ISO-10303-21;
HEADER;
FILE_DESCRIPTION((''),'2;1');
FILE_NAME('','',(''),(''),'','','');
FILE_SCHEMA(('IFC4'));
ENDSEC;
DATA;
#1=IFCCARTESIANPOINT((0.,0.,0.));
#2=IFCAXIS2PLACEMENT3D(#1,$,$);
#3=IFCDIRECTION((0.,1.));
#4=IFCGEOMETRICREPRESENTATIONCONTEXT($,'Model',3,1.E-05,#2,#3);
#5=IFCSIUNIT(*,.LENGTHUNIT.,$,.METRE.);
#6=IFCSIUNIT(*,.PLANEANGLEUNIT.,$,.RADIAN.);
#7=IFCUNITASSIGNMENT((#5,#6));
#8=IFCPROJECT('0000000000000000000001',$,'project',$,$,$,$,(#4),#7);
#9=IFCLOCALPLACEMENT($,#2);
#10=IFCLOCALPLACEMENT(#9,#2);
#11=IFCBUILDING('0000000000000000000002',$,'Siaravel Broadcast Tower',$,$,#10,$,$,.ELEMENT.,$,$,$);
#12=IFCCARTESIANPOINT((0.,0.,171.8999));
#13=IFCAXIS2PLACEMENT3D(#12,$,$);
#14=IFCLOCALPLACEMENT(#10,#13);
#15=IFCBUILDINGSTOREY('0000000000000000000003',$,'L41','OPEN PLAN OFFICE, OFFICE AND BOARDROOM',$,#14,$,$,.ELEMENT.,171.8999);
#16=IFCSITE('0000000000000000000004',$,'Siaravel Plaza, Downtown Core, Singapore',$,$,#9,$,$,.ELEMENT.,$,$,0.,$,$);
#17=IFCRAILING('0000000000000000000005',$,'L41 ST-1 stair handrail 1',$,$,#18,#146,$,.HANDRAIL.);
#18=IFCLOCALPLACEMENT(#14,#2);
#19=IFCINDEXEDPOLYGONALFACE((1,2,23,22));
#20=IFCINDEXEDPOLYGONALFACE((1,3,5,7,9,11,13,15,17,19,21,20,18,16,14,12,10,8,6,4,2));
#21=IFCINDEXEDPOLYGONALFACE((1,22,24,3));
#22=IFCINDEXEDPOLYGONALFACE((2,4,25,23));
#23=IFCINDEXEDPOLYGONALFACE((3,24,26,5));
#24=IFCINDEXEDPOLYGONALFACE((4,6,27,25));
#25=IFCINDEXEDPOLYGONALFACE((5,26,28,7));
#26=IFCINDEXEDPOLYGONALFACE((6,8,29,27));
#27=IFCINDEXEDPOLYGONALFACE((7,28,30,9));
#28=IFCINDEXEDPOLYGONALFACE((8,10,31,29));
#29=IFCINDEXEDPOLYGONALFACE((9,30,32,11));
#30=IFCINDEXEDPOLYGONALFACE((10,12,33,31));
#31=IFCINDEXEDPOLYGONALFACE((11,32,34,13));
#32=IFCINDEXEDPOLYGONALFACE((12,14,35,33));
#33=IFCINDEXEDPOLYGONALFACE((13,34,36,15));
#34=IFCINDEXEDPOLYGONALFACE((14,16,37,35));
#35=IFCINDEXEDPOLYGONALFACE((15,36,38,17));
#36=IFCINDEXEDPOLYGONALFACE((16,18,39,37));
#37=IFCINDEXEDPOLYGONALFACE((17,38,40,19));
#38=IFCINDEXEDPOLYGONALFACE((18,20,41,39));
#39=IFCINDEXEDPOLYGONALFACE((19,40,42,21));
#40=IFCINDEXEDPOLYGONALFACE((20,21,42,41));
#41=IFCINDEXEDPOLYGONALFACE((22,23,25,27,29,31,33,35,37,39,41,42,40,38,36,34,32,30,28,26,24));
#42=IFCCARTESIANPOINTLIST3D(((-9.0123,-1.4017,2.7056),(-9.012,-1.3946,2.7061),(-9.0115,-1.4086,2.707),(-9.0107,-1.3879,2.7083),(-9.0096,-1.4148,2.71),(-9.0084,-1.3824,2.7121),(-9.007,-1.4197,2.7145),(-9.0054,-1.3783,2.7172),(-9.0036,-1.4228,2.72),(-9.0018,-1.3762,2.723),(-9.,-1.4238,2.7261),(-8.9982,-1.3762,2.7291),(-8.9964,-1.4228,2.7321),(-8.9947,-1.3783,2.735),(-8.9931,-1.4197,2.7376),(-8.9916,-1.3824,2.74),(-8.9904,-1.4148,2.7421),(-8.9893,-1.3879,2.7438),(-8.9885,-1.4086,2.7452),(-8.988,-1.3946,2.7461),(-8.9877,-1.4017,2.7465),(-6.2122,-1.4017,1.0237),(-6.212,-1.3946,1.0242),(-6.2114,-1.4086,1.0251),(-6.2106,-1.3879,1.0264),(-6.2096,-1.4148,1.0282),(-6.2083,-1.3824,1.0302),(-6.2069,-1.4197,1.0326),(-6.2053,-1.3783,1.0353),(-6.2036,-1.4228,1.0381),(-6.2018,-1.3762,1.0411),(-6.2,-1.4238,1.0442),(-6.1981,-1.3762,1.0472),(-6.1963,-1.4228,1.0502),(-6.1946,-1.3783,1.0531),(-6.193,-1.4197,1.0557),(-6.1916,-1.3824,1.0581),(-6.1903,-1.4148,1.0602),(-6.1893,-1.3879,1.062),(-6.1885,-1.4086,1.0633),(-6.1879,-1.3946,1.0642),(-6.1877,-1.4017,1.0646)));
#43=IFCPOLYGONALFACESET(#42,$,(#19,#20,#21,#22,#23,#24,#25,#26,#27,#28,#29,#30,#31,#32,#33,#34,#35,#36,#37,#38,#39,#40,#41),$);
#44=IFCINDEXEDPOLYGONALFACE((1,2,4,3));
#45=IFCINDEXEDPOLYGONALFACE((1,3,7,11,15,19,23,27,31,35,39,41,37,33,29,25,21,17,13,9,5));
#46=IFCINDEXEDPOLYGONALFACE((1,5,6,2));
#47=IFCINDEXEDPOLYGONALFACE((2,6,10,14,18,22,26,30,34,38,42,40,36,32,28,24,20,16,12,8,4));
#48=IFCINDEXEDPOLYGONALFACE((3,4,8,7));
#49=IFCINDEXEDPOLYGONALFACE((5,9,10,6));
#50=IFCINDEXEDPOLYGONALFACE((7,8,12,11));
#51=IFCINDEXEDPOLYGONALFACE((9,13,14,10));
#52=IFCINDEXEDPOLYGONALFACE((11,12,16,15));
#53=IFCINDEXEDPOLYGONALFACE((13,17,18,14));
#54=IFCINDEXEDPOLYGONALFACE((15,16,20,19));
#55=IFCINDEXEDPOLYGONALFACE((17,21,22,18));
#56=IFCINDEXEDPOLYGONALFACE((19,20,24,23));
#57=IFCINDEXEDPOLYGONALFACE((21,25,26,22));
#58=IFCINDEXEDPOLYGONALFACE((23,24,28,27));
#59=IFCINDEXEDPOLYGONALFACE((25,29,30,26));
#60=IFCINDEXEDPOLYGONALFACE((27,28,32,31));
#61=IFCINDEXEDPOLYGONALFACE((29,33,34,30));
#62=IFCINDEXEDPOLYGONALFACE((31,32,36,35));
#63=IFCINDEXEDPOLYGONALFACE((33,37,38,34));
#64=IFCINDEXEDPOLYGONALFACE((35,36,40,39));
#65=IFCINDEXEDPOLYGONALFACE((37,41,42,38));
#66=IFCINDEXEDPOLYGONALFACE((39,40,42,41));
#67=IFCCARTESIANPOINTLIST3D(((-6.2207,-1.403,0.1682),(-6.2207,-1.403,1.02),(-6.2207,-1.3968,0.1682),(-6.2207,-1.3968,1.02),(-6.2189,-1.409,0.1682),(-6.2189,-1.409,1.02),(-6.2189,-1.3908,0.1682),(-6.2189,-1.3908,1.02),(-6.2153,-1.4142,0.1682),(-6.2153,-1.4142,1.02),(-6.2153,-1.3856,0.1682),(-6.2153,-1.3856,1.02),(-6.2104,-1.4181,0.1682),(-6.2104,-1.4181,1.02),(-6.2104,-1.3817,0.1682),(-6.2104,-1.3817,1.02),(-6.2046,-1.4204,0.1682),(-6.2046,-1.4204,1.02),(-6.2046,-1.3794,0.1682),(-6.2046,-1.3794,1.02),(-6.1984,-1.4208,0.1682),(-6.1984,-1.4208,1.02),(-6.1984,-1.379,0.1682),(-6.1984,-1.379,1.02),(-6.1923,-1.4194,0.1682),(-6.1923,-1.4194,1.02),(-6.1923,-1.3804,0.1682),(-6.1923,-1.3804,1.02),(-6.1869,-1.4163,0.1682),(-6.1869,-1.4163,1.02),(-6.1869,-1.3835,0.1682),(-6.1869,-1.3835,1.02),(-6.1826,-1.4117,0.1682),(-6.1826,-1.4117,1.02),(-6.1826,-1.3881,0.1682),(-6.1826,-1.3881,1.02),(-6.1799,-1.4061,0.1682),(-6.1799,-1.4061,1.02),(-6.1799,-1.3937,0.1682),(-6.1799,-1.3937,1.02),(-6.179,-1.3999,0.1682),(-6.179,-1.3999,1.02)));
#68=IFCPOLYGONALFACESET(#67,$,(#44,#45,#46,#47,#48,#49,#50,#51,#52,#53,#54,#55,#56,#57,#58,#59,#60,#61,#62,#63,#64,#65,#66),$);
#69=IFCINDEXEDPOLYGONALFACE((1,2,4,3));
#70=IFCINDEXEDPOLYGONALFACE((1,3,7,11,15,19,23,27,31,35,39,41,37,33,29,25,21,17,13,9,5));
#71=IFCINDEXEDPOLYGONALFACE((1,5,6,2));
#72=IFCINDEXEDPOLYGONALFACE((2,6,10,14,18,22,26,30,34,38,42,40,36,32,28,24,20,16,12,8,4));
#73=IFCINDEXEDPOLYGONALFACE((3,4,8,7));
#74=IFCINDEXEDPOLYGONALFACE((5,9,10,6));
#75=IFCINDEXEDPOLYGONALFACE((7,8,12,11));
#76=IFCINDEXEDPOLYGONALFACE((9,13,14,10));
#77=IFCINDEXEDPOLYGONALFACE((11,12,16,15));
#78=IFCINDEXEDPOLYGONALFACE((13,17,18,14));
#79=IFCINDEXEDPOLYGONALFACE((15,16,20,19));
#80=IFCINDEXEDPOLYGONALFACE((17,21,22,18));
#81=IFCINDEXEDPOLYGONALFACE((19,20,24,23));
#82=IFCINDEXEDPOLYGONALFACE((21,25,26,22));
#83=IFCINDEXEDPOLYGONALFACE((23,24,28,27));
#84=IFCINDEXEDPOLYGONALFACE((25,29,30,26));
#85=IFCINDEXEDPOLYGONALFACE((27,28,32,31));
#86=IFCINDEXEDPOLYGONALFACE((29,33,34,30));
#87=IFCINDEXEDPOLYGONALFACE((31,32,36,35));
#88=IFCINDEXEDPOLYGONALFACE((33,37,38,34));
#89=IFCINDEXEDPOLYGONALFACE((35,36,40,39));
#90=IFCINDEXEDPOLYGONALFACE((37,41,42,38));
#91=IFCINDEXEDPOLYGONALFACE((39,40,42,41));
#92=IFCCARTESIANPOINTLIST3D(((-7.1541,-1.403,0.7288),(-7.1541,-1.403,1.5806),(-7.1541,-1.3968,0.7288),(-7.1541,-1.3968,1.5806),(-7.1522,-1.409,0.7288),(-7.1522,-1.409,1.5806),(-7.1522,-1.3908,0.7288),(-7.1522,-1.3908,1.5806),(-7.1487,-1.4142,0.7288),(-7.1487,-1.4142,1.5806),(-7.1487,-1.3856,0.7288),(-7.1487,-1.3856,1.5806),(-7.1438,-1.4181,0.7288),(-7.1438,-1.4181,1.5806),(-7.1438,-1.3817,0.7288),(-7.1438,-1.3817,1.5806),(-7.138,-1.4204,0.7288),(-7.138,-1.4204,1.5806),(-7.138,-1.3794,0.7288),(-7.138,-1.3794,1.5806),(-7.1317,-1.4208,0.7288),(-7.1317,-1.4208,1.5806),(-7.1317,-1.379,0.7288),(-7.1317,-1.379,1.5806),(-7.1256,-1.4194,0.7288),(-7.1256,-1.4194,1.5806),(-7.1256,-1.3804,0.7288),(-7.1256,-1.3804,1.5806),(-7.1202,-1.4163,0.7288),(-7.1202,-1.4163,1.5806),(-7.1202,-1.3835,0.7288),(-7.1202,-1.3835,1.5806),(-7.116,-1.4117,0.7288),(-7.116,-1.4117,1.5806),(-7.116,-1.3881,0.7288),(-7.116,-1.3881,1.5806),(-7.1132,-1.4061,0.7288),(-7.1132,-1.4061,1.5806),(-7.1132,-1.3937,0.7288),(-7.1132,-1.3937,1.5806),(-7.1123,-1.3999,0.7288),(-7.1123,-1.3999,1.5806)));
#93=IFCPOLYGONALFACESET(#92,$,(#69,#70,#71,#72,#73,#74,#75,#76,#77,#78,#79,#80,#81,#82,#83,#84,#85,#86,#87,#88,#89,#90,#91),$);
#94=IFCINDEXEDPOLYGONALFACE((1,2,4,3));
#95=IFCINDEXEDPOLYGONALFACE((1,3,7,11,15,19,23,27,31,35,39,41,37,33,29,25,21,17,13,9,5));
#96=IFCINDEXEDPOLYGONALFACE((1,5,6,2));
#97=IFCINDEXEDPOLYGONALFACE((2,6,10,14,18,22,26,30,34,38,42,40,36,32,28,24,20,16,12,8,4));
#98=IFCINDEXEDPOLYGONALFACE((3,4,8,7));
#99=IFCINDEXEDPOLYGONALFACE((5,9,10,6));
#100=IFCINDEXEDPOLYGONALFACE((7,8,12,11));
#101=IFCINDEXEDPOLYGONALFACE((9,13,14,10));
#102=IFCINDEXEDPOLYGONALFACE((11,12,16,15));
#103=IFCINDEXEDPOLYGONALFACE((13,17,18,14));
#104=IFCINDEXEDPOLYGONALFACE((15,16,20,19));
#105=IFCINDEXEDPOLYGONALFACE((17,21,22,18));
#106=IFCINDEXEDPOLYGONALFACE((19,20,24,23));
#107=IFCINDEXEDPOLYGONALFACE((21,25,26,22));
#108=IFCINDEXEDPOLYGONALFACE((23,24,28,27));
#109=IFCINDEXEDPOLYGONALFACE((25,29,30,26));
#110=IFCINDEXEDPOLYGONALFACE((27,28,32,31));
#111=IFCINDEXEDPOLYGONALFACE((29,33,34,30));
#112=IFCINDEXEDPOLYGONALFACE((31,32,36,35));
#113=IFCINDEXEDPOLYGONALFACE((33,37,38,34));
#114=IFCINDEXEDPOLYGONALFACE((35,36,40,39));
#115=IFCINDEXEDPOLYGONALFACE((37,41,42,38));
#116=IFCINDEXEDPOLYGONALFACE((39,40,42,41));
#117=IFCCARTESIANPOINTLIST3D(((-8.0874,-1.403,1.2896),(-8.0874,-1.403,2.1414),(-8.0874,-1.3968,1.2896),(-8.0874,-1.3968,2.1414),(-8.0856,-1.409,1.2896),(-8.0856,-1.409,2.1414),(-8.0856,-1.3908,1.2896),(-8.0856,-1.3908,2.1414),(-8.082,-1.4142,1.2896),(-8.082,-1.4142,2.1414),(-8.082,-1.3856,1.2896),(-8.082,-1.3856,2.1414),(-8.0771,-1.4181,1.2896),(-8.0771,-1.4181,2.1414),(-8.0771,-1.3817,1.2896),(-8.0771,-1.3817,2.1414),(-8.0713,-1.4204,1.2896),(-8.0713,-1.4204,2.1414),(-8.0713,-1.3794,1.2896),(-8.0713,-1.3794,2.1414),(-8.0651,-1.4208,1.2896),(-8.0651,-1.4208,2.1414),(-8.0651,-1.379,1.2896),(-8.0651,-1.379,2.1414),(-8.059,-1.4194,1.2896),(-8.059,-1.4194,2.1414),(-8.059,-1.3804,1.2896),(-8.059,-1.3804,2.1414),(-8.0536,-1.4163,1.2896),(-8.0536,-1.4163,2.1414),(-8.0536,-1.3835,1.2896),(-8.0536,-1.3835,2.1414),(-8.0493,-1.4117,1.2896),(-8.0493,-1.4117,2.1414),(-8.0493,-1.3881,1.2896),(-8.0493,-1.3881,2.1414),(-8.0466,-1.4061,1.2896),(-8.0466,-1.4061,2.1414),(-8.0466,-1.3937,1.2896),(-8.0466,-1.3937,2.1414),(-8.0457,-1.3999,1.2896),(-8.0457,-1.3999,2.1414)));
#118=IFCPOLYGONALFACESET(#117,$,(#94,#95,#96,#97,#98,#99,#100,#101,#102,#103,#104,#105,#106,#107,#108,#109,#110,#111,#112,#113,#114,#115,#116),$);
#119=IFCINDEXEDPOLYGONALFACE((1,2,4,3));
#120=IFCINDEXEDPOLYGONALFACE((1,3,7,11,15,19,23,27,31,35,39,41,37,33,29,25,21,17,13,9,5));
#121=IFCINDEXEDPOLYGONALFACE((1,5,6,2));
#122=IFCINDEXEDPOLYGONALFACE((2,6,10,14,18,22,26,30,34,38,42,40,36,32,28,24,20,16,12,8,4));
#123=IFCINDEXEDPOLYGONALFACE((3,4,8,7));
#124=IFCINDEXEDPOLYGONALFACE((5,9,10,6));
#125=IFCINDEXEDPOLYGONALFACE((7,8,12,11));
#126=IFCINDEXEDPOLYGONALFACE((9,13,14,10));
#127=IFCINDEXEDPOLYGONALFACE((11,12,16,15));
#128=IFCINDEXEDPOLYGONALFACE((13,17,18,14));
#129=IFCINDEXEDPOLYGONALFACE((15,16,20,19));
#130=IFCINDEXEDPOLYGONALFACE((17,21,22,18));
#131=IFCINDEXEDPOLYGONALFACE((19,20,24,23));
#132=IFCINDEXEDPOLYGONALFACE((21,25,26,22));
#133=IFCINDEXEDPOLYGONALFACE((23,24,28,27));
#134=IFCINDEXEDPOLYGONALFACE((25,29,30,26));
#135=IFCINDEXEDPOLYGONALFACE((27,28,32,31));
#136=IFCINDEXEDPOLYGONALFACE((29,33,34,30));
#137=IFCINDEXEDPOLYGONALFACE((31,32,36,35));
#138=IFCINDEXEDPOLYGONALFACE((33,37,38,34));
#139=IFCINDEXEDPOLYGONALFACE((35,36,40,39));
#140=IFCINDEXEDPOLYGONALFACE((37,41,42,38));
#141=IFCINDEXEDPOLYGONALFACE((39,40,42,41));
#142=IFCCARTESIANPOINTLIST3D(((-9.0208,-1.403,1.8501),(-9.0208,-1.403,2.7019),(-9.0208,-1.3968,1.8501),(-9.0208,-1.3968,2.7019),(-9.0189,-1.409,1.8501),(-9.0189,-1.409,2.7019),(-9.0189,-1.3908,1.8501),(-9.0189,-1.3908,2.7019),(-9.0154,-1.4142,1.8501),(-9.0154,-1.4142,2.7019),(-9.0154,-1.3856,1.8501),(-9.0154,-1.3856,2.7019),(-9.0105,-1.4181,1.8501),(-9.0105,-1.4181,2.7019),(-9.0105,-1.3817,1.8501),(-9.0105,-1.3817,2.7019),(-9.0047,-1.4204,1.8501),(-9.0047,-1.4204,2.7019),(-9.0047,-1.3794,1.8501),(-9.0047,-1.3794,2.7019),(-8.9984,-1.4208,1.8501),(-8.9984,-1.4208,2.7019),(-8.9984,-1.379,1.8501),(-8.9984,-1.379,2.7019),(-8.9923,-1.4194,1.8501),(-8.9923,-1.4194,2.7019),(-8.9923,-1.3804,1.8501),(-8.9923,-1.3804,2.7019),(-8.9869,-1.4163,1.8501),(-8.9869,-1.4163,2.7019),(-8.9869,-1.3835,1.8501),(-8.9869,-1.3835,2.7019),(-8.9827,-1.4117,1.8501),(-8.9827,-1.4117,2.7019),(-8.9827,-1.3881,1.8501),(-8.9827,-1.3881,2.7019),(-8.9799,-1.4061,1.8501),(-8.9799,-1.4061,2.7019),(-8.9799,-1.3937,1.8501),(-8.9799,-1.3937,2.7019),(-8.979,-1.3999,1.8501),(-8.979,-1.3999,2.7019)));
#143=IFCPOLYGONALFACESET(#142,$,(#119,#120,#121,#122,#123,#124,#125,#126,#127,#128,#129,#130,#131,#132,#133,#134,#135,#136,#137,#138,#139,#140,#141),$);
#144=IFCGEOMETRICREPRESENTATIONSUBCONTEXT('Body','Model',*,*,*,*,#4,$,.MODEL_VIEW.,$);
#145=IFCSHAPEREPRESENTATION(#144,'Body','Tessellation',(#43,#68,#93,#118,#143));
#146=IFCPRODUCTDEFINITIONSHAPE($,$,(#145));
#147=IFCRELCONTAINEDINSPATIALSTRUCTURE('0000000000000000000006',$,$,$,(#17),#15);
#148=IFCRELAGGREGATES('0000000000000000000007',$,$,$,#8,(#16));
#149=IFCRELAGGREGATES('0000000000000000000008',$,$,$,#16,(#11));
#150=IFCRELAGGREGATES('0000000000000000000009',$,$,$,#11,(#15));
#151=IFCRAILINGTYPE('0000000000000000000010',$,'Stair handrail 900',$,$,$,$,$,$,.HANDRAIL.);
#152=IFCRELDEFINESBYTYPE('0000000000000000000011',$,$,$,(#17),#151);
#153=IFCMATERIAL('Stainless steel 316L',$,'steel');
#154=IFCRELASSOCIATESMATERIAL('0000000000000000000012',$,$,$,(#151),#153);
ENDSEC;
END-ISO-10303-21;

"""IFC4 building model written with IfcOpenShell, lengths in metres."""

from ifc_helpers import new_model, si_unit, direction, frame, origin, origin_2d, place, context, subcontext, project, spatial, circle, extrude, material, type_object, element, save


model = new_model("IFC4")

# Units and contexts
model_context = context("Model", 3, precision=1e-05, world=origin(), true_north=direction((0.0, 1.0)))
body_context = subcontext(model_context, "Body", "Model", "MODEL_VIEW")
ifc_project = project(units=[si_unit("LENGTHUNIT", "METRE"), si_unit("PLANEANGLEUNIT", "RADIAN")], contexts=[model_context])

# Site, building, storey
site_placement = place(None, origin())
site = spatial("IfcSite", under=ifc_project, at=site_placement, Name="Siaravel Plaza, Downtown Core, Singapore", CompositionType="ELEMENT", RefElevation=0.0)
building_placement = place(site_placement, origin())
building = spatial("IfcBuilding", under=site, at=building_placement, Name="Siaravel Broadcast Tower", CompositionType="ELEMENT")
storey_placement = place(building_placement, frame((0.0, 0.0, 171.8999)))
storey = spatial("IfcBuildingStorey", under=building, at=storey_placement, Name="L41", Description="OPEN PLAN OFFICE, OFFICE AND BOARDROOM", CompositionType="ELEMENT", Elevation=171.8999)

# Shared definitions
ifc_material_1 = material(Name="Stainless steel 316L", Category="steel")

# Railing
railing_type_1 = type_object("IfcRailingType", Name="Stair handrail 900", PredefinedType="HANDRAIL", material=ifc_material_1)
railing_1_placement = place(storey_placement, frame((-6.2, -1.3999, 0.1682)))
element("IfcRailing", 1, at=railing_1_placement, inside=storey, type_object=railing_type_1, Name="L41 ST-1 stair handrail 1", PredefinedType="HANDRAIL", context=body_context, shape_type="SweptSolid", body=[
    extrude(circle(Radius=0.0239, at=origin_2d()), frame((0.0, 0.0, 0.876), z_axis=(-0.857242, 0.0, 0.514913), x_axis=(0.0, -1.0, 0.0)), (0.0, 0.0, 1.0), 3.2664),
    extrude(circle(Radius=0.021, at=origin_2d()), origin(), (0.0, 0.0, 1.0), 0.8518),
    extrude(circle(Radius=0.021, at=origin_2d()), frame((-0.9333, 0.0, 0.5605)), (0.0, 0.0, 1.0), 0.8518),
    extrude(circle(Radius=0.021, at=origin_2d()), frame((-1.8667, 0.0, 1.1213)), (0.0, 0.0, 1.0), 0.8518),
    extrude(circle(Radius=0.021, at=origin_2d()), frame((-2.8, 0.0, 1.6819)), (0.0, 0.0, 1.0), 0.8518),
])

save(model, "model.ifc")
